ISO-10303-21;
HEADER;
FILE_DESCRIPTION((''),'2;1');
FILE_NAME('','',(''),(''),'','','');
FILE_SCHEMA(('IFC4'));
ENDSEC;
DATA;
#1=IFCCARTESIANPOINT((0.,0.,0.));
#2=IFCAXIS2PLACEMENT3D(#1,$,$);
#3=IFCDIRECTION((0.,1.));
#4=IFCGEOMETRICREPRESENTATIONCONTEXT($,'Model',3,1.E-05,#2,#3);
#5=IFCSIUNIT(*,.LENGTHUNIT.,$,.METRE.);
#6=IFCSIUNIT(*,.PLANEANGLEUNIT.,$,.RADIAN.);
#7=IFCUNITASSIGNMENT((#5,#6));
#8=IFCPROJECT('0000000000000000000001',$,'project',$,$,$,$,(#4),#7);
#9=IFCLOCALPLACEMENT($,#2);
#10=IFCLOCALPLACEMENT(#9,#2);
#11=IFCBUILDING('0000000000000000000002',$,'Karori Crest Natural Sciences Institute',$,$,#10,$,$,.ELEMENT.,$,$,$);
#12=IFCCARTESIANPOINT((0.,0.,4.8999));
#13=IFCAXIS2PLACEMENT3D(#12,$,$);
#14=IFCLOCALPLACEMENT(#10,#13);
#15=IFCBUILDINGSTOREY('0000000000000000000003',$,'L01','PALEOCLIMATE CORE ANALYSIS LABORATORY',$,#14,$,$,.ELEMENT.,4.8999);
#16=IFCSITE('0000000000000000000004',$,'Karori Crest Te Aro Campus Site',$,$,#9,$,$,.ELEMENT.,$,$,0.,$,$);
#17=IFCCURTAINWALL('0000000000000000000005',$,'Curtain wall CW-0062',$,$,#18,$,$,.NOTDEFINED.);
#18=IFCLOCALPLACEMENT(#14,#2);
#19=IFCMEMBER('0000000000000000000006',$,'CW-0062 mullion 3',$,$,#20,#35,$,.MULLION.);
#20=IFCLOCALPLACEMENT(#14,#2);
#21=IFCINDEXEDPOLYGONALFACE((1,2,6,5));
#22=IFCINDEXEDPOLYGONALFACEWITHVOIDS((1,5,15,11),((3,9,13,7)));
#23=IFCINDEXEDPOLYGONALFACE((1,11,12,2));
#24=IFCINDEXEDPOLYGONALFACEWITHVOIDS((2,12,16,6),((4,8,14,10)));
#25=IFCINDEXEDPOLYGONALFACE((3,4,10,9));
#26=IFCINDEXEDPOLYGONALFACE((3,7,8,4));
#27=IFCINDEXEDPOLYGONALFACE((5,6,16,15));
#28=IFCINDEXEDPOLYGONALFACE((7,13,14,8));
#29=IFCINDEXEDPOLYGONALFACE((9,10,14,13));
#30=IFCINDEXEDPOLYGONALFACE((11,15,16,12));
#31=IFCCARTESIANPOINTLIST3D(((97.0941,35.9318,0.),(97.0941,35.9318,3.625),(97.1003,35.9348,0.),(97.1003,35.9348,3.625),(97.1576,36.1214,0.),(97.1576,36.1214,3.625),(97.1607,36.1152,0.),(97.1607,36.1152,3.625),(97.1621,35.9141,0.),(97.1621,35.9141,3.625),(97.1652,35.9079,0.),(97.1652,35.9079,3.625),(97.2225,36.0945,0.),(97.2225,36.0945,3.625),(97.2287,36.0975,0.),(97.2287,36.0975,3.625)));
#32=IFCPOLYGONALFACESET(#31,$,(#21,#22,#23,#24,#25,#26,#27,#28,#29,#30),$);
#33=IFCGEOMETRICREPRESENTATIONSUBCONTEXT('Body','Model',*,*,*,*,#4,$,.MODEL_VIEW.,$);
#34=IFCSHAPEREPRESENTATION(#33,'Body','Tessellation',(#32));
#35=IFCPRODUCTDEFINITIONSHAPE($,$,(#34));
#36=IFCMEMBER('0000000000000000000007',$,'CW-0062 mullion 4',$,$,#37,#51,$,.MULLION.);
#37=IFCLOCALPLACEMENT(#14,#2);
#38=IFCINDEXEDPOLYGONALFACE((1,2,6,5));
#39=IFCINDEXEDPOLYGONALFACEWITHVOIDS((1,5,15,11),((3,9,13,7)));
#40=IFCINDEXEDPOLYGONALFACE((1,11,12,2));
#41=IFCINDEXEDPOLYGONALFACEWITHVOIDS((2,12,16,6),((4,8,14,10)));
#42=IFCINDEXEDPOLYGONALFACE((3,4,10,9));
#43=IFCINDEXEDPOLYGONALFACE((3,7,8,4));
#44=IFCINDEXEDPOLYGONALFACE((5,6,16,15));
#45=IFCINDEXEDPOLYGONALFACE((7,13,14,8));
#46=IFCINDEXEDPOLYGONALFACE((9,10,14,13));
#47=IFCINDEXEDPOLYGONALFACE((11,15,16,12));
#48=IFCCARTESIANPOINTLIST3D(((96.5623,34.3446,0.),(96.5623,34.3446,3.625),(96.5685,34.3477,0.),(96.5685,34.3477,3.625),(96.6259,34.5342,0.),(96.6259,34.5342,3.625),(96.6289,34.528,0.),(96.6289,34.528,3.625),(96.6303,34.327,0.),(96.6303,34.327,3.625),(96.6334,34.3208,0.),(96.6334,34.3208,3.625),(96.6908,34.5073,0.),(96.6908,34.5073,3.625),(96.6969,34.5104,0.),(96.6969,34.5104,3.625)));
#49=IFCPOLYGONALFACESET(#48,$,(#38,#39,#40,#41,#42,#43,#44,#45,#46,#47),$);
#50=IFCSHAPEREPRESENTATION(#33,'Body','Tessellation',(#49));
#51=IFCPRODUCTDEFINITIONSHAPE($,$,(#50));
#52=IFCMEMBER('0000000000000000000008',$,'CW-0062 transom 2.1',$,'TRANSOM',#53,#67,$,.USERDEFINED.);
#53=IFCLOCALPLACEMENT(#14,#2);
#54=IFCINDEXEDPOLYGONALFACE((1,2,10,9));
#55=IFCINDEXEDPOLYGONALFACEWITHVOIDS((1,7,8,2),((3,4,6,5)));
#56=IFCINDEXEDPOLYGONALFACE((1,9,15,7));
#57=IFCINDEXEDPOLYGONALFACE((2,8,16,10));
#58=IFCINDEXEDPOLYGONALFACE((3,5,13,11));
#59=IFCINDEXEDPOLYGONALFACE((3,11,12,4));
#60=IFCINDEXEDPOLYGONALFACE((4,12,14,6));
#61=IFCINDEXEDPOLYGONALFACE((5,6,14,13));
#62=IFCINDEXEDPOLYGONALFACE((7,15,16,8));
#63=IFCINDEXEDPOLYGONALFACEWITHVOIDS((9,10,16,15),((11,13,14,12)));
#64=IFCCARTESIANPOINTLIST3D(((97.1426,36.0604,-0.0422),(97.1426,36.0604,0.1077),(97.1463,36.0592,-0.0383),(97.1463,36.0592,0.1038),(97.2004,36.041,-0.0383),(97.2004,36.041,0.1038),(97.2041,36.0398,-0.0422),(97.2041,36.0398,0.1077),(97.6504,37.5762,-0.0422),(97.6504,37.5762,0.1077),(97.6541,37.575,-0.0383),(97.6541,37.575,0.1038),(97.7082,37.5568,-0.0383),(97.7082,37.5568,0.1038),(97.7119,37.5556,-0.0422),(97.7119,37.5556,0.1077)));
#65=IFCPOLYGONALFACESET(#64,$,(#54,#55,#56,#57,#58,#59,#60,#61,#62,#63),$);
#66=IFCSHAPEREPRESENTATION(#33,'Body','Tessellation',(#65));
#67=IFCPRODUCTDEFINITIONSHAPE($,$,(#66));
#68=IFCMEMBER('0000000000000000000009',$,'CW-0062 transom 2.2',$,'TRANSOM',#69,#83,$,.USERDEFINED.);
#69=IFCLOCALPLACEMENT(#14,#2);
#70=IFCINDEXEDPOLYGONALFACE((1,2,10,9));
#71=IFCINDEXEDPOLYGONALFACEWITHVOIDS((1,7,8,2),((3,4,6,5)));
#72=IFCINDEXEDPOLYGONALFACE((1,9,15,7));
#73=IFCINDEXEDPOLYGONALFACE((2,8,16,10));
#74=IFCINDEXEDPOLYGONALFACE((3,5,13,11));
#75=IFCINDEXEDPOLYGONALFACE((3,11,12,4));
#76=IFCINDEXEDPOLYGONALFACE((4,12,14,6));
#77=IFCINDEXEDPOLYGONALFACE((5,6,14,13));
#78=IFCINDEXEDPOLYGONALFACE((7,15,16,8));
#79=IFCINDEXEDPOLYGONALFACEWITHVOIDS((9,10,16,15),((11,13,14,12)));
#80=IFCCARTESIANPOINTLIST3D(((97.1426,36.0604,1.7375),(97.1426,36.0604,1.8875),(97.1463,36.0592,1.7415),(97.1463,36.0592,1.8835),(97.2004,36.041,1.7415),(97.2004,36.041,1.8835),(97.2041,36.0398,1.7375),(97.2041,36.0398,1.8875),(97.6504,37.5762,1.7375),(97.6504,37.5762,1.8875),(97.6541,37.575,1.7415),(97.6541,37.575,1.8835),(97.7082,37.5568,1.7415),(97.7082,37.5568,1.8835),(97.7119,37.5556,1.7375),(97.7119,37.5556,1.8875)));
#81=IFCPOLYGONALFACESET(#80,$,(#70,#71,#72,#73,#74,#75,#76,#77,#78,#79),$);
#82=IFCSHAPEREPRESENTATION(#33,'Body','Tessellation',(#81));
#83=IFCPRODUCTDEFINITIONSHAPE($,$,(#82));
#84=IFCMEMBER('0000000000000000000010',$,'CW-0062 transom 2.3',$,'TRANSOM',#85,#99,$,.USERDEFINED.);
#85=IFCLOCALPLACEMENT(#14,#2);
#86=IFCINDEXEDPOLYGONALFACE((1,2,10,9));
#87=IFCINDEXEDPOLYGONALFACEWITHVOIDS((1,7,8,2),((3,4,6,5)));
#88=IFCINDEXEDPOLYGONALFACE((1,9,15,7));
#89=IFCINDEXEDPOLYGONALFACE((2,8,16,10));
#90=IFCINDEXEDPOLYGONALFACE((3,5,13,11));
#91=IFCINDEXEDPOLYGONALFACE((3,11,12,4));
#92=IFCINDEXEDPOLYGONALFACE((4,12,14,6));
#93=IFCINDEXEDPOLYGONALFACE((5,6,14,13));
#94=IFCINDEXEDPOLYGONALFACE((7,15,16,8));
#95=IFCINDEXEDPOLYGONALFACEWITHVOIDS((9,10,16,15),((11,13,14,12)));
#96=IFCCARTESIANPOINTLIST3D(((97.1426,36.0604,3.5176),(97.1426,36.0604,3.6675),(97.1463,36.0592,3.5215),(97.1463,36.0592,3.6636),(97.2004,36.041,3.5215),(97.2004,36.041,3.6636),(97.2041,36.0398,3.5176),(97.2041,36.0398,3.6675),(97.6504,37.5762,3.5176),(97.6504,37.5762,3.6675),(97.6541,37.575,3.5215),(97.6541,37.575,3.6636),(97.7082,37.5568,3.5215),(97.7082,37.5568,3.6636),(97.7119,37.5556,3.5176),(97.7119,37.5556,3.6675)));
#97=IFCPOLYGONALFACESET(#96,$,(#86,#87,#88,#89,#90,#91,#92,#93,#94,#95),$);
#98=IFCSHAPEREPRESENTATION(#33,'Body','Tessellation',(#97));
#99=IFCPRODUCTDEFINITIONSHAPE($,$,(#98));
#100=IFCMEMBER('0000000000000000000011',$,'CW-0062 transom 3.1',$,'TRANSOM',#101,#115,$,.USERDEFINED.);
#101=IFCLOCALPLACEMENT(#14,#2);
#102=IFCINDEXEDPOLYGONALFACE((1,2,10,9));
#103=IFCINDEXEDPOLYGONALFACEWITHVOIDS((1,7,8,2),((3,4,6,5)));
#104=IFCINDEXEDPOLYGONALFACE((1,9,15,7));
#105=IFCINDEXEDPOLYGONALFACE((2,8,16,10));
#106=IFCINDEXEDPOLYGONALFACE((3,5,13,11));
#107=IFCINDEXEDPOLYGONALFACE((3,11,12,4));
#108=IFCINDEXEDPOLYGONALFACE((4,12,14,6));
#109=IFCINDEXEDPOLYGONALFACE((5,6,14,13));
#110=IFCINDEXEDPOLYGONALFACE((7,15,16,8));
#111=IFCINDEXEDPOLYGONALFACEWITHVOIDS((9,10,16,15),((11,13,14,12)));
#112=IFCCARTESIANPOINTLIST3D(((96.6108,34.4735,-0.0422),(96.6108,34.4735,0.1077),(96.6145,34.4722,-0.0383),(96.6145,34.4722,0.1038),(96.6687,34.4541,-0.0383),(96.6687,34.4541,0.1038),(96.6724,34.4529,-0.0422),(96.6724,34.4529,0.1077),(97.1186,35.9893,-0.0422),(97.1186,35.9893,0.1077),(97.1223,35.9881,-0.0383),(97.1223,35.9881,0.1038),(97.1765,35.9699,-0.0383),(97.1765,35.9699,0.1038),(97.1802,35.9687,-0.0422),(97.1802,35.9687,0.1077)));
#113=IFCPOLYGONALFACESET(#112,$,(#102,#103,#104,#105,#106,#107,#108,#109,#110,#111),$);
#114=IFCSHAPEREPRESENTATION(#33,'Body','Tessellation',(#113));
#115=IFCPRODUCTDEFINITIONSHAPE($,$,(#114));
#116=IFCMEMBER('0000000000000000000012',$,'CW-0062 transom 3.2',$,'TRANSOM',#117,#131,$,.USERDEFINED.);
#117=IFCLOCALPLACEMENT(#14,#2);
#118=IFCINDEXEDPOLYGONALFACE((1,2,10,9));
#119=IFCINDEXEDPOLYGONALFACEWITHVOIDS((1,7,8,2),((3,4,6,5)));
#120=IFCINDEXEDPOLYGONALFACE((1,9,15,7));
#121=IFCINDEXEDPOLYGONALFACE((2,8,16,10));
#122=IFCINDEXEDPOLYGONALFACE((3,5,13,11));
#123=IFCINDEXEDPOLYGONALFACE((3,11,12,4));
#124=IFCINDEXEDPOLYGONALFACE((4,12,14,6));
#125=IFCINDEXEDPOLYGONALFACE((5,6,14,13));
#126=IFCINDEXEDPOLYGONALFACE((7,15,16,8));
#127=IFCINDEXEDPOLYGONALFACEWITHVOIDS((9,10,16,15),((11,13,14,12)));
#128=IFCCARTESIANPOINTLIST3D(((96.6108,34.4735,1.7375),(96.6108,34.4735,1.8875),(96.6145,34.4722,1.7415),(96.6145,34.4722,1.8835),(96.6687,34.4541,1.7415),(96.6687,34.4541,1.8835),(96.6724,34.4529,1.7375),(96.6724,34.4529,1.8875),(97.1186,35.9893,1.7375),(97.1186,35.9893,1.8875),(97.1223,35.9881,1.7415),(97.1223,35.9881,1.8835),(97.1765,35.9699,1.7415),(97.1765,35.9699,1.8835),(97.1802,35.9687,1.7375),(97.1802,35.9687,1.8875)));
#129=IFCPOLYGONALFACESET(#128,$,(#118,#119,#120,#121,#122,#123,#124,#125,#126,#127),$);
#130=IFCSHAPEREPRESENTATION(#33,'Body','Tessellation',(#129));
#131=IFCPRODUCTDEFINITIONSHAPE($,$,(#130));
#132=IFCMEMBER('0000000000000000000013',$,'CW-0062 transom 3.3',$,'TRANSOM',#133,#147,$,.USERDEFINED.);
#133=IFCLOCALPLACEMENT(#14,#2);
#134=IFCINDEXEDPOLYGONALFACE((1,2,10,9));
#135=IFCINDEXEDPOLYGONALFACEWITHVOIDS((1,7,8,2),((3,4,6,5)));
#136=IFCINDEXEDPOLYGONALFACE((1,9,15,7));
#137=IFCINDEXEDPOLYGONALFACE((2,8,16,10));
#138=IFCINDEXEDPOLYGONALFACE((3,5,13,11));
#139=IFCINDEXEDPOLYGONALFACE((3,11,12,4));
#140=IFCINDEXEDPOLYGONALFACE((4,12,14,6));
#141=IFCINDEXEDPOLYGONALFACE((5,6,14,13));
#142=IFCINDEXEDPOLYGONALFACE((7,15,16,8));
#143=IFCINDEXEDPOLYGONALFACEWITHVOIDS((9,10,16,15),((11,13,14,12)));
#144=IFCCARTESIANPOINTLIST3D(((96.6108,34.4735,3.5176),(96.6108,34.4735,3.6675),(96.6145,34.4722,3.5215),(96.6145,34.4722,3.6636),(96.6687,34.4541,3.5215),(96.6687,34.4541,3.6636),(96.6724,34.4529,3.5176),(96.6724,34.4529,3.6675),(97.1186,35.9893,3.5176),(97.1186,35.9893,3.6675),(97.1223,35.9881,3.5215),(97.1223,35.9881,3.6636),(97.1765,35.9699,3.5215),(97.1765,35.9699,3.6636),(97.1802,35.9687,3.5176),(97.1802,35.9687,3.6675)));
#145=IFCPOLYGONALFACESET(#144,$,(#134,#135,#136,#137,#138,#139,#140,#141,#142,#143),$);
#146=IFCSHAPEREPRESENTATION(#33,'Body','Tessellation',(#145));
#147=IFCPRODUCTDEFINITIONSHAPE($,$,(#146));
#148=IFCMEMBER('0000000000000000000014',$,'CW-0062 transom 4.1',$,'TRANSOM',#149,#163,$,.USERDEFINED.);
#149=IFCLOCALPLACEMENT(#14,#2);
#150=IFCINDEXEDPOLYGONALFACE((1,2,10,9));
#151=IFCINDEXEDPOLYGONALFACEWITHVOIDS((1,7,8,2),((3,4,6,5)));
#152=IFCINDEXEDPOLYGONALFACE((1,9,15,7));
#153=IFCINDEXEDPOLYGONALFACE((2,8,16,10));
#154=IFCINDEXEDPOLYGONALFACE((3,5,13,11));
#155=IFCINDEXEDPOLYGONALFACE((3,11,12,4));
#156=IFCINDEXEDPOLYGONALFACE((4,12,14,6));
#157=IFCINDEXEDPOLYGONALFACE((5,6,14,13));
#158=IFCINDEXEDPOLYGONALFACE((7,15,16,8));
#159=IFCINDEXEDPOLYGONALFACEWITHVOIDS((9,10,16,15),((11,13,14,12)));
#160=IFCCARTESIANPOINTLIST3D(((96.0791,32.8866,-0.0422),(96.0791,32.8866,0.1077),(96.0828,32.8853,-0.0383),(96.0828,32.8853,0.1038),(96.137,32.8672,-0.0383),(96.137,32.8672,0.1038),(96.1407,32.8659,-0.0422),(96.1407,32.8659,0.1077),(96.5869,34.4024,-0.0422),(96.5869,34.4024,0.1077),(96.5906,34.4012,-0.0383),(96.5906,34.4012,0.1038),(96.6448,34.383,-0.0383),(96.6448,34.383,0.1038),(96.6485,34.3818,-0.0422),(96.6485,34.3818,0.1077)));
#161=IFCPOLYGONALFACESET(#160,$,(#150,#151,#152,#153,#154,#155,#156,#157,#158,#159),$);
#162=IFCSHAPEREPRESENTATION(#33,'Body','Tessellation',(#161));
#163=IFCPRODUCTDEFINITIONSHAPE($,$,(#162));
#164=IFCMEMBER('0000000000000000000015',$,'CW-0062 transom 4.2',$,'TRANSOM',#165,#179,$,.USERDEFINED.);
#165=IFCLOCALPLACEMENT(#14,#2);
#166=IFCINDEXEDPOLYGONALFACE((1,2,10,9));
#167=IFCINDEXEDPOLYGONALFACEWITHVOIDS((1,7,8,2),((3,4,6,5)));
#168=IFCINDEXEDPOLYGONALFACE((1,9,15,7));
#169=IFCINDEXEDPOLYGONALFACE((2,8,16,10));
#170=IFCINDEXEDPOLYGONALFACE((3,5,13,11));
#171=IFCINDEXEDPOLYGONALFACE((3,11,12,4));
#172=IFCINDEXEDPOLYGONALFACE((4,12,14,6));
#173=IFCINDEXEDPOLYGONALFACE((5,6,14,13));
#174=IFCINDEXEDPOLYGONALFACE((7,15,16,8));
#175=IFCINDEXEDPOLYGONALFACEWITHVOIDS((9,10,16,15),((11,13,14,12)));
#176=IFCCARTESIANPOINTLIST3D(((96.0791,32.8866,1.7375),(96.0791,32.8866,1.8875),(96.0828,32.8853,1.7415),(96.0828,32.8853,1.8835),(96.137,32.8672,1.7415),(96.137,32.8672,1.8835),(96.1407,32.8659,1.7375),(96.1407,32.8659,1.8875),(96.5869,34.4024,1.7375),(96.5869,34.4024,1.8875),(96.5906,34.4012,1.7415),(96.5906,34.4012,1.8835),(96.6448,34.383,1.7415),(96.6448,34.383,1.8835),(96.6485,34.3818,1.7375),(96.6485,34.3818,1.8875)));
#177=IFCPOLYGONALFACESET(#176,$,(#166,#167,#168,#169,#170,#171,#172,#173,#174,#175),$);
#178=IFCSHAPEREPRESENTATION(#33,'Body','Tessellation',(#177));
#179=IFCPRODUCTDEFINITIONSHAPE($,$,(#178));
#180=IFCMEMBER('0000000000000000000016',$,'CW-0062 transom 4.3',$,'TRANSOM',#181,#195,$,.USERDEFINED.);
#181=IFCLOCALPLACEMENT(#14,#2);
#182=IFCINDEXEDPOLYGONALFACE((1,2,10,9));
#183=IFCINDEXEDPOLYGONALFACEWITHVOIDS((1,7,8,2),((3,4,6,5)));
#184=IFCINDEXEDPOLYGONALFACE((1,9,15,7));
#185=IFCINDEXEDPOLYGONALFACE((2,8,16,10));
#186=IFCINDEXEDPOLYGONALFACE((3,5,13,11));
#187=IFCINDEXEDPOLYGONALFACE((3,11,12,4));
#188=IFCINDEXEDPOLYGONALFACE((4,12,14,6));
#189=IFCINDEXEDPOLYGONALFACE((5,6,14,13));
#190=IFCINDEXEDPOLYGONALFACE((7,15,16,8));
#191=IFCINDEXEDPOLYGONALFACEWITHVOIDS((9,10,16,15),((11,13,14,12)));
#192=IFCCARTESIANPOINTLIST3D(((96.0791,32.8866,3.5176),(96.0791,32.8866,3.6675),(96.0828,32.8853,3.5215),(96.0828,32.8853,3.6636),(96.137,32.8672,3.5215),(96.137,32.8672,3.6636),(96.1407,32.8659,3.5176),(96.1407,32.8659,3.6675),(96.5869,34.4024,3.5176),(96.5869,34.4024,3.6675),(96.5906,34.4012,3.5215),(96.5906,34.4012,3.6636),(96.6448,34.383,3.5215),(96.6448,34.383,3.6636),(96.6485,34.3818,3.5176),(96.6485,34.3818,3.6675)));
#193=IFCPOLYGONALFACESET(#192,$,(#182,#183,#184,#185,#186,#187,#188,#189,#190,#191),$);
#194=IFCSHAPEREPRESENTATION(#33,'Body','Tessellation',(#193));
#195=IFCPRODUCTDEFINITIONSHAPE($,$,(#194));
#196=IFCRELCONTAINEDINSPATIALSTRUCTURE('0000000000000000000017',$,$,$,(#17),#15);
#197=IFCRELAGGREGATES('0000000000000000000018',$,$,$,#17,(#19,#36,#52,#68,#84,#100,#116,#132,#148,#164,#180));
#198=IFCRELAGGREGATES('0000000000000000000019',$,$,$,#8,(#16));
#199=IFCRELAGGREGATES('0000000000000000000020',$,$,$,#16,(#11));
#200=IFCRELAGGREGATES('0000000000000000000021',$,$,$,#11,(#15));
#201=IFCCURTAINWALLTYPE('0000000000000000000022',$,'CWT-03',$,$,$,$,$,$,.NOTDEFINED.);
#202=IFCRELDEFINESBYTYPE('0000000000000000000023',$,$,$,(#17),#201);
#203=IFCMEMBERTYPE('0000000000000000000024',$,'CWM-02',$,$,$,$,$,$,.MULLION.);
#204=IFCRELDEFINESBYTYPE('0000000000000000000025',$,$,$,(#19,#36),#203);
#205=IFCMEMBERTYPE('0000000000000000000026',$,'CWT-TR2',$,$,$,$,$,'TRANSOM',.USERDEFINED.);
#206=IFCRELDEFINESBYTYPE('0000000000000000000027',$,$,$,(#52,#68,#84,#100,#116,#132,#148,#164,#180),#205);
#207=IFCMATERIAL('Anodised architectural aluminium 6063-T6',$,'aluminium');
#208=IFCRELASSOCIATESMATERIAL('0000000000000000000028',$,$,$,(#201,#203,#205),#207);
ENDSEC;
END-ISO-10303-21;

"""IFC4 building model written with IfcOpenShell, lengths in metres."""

from ifc_helpers import new_model, si_unit, direction, frame, origin, origin_2d, place, context, subcontext, project, spatial, hollow_rectangle, extrude, material, material_profile, profile_set, type_object, element, aggregate, save


model = new_model("IFC4")

# Units and contexts
model_context = context("Model", 3, precision=1e-05, world=origin(), true_north=direction((0.0, 1.0)))
body_context = subcontext(model_context, "Body", "Model", "MODEL_VIEW")
ifc_project = project(units=[si_unit("LENGTHUNIT", "METRE"), si_unit("PLANEANGLEUNIT", "RADIAN")], contexts=[model_context])

# Site, building, storey
site_placement = place(None, origin())
site = spatial("IfcSite", under=ifc_project, at=site_placement, Name="Karori Crest Te Aro Campus Site", CompositionType="ELEMENT", RefElevation=0.0)
building_placement = place(site_placement, origin())
building = spatial("IfcBuilding", under=site, at=building_placement, Name="Karori Crest Natural Sciences Institute", CompositionType="ELEMENT")
storey_placement = place(building_placement, frame((0.0, 0.0, 4.8999)))
storey = spatial("IfcBuildingStorey", under=building, at=storey_placement, Name="L01", Description="PALEOCLIMATE CORE ANALYSIS LABORATORY", CompositionType="ELEMENT", Elevation=4.8999)

# Curtain wall, members
ifc_material_1 = material(Name="Anodised architectural aluminium 6063-T6", Category="aluminium")
curtain_wall_type = type_object("IfcCurtainWallType", Name="CWT-03", PredefinedType="NOTDEFINED", material=ifc_material_1)
curtain_wall_placement = place(storey_placement, origin())
curtain_wall = element("IfcCurtainWall", 1, at=curtain_wall_placement, inside=storey, type_object=curtain_wall_type, Name="Curtain wall CW-0062", PredefinedType="NOTDEFINED")
ifc_material_profile_1 = material_profile(ifc_material_1, hollow_rectangle(XDim=0.075, YDim=0.2, WallThickness=0.0049, at=origin_2d()), Name="CWM200x75x5")
ifc_profile_set_1 = profile_set([ifc_material_profile_1], Name="Anodised architectural aluminium 6063-T6")
member_type_1 = type_object("IfcMemberType", Name="CWM-02", PredefinedType="MULLION", material=ifc_profile_set_1)
member_1_placement = place(storey_placement, frame((97.1614, 36.0146, 0.0), z_axis=(0.0, 0.0, 1.0), x_axis=(0.948196, -0.317685, 0.0)))
member_1 = element("IfcMember", 2, at=member_1_placement, type_object=member_type_1, Name="CW-0062 mullion 3", PredefinedType="MULLION", context=body_context, shape_type="SweptSolid", body=[
    extrude(hollow_rectangle(XDim=0.075, YDim=0.2, WallThickness=0.0049, at=origin_2d()), origin(), (0.0, 0.0, 1.0), 3.625),
])
member_2_placement = place(storey_placement, frame((96.6296, 34.4275, 0.0), z_axis=(0.0, 0.0, 1.0), x_axis=(0.948196, -0.317685, 0.0)))
member_2 = element("IfcMember", 3, at=member_2_placement, type_object=member_type_1, Name="CW-0062 mullion 4", PredefinedType="MULLION", context=body_context, shape_type="SweptSolid", body=[
    extrude(hollow_rectangle(XDim=0.075, YDim=0.2, WallThickness=0.0049, at=origin_2d()), origin(), (0.0, 0.0, 1.0), 3.625),
])
ifc_material_profile_2 = material_profile(ifc_material_1, hollow_rectangle(XDim=0.0649, YDim=0.1499, WallThickness=0.0039, at=origin_2d()), Name="CWT150x65x4")
ifc_profile_set_2 = profile_set([ifc_material_profile_2], Name="Anodised architectural aluminium 6063-T6")
member_type_2 = type_object("IfcMemberType", Name="CWT-TR2", ElementType="TRANSOM", PredefinedType="USERDEFINED", material=ifc_profile_set_2)
member_3_placement = place(storey_placement, frame((97.6812, 37.5659, 0.0327), z_axis=(-0.317648, -0.948209, 0.0), x_axis=(0.948209, -0.317648, 0.0)))
member_3 = element("IfcMember", 4, at=member_3_placement, type_object=member_type_2, Name="CW-0062 transom 2.1", ObjectType="TRANSOM", PredefinedType="USERDEFINED", context=body_context, shape_type="SweptSolid", body=[
    extrude(hollow_rectangle(XDim=0.0649, YDim=0.1499, WallThickness=0.0039, at=origin_2d()), origin(), (0.0, 0.0, 1.0), 1.5986),
])
member_4_placement = place(storey_placement, frame((97.6812, 37.5659, 1.8125), z_axis=(-0.317648, -0.948209, 0.0), x_axis=(0.948209, -0.317648, 0.0)))
member_4 = element("IfcMember", 5, at=member_4_placement, type_object=member_type_2, Name="CW-0062 transom 2.2", ObjectType="TRANSOM", PredefinedType="USERDEFINED", context=body_context, shape_type="SweptSolid", body=[
    extrude(hollow_rectangle(XDim=0.0649, YDim=0.1499, WallThickness=0.0039, at=origin_2d()), origin(), (0.0, 0.0, 1.0), 1.5986),
])
member_5_placement = place(storey_placement, frame((97.6812, 37.5659, 3.5925), z_axis=(-0.317648, -0.948209, 0.0), x_axis=(0.948209, -0.317648, 0.0)))
member_5 = element("IfcMember", 6, at=member_5_placement, type_object=member_type_2, Name="CW-0062 transom 2.3", ObjectType="TRANSOM", PredefinedType="USERDEFINED", context=body_context, shape_type="SweptSolid", body=[
    extrude(hollow_rectangle(XDim=0.0649, YDim=0.1499, WallThickness=0.0039, at=origin_2d()), origin(), (0.0, 0.0, 1.0), 1.5986),
])
member_6_placement = place(storey_placement, frame((97.1494, 35.979, 0.0327), z_axis=(-0.317648, -0.948209, 0.0), x_axis=(0.948209, -0.317648, 0.0)))
member_6 = element("IfcMember", 7, at=member_6_placement, type_object=member_type_2, Name="CW-0062 transom 3.1", ObjectType="TRANSOM", PredefinedType="USERDEFINED", context=body_context, shape_type="SweptSolid", body=[
    extrude(hollow_rectangle(XDim=0.0649, YDim=0.1499, WallThickness=0.0039, at=origin_2d()), origin(), (0.0, 0.0, 1.0), 1.5986),
])
member_7_placement = place(storey_placement, frame((97.1494, 35.979, 1.8125), z_axis=(-0.317648, -0.948209, 0.0), x_axis=(0.948209, -0.317648, 0.0)))
member_7 = element("IfcMember", 8, at=member_7_placement, type_object=member_type_2, Name="CW-0062 transom 3.2", ObjectType="TRANSOM", PredefinedType="USERDEFINED", context=body_context, shape_type="SweptSolid", body=[
    extrude(hollow_rectangle(XDim=0.0649, YDim=0.1499, WallThickness=0.0039, at=origin_2d()), origin(), (0.0, 0.0, 1.0), 1.5986),
])
member_8_placement = place(storey_placement, frame((97.1494, 35.979, 3.5925), z_axis=(-0.317648, -0.948209, 0.0), x_axis=(0.948209, -0.317648, 0.0)))
member_8 = element("IfcMember", 9, at=member_8_placement, type_object=member_type_2, Name="CW-0062 transom 3.3", ObjectType="TRANSOM", PredefinedType="USERDEFINED", context=body_context, shape_type="SweptSolid", body=[
    extrude(hollow_rectangle(XDim=0.0649, YDim=0.1499, WallThickness=0.0039, at=origin_2d()), origin(), (0.0, 0.0, 1.0), 1.5986),
])
member_9_placement = place(storey_placement, frame((96.6177, 34.3921, 0.0327), z_axis=(-0.317648, -0.948209, 0.0), x_axis=(0.948209, -0.317648, 0.0)))
member_9 = element("IfcMember", 10, at=member_9_placement, type_object=member_type_2, Name="CW-0062 transom 4.1", ObjectType="TRANSOM", PredefinedType="USERDEFINED", context=body_context, shape_type="SweptSolid", body=[
    extrude(hollow_rectangle(XDim=0.0649, YDim=0.1499, WallThickness=0.0039, at=origin_2d()), origin(), (0.0, 0.0, 1.0), 1.5986),
])
member_10_placement = place(storey_placement, frame((96.6177, 34.3921, 1.8125), z_axis=(-0.317648, -0.948209, 0.0), x_axis=(0.948209, -0.317648, 0.0)))
member_10 = element("IfcMember", 11, at=member_10_placement, type_object=member_type_2, Name="CW-0062 transom 4.2", ObjectType="TRANSOM", PredefinedType="USERDEFINED", context=body_context, shape_type="SweptSolid", body=[
    extrude(hollow_rectangle(XDim=0.0649, YDim=0.1499, WallThickness=0.0039, at=origin_2d()), origin(), (0.0, 0.0, 1.0), 1.5986),
])
member_11_placement = place(storey_placement, frame((96.6177, 34.3921, 3.5925), z_axis=(-0.317648, -0.948209, 0.0), x_axis=(0.948209, -0.317648, 0.0)))
member_11 = element("IfcMember", 12, at=member_11_placement, type_object=member_type_2, Name="CW-0062 transom 4.3", ObjectType="TRANSOM", PredefinedType="USERDEFINED", context=body_context, shape_type="SweptSolid", body=[
    extrude(hollow_rectangle(XDim=0.0649, YDim=0.1499, WallThickness=0.0039, at=origin_2d()), origin(), (0.0, 0.0, 1.0), 1.5986),
])
aggregate(curtain_wall, [member_1, member_2, member_3, member_4, member_5, member_6, member_7, member_8, member_9, member_10, member_11])

save(model, "model.ifc")
